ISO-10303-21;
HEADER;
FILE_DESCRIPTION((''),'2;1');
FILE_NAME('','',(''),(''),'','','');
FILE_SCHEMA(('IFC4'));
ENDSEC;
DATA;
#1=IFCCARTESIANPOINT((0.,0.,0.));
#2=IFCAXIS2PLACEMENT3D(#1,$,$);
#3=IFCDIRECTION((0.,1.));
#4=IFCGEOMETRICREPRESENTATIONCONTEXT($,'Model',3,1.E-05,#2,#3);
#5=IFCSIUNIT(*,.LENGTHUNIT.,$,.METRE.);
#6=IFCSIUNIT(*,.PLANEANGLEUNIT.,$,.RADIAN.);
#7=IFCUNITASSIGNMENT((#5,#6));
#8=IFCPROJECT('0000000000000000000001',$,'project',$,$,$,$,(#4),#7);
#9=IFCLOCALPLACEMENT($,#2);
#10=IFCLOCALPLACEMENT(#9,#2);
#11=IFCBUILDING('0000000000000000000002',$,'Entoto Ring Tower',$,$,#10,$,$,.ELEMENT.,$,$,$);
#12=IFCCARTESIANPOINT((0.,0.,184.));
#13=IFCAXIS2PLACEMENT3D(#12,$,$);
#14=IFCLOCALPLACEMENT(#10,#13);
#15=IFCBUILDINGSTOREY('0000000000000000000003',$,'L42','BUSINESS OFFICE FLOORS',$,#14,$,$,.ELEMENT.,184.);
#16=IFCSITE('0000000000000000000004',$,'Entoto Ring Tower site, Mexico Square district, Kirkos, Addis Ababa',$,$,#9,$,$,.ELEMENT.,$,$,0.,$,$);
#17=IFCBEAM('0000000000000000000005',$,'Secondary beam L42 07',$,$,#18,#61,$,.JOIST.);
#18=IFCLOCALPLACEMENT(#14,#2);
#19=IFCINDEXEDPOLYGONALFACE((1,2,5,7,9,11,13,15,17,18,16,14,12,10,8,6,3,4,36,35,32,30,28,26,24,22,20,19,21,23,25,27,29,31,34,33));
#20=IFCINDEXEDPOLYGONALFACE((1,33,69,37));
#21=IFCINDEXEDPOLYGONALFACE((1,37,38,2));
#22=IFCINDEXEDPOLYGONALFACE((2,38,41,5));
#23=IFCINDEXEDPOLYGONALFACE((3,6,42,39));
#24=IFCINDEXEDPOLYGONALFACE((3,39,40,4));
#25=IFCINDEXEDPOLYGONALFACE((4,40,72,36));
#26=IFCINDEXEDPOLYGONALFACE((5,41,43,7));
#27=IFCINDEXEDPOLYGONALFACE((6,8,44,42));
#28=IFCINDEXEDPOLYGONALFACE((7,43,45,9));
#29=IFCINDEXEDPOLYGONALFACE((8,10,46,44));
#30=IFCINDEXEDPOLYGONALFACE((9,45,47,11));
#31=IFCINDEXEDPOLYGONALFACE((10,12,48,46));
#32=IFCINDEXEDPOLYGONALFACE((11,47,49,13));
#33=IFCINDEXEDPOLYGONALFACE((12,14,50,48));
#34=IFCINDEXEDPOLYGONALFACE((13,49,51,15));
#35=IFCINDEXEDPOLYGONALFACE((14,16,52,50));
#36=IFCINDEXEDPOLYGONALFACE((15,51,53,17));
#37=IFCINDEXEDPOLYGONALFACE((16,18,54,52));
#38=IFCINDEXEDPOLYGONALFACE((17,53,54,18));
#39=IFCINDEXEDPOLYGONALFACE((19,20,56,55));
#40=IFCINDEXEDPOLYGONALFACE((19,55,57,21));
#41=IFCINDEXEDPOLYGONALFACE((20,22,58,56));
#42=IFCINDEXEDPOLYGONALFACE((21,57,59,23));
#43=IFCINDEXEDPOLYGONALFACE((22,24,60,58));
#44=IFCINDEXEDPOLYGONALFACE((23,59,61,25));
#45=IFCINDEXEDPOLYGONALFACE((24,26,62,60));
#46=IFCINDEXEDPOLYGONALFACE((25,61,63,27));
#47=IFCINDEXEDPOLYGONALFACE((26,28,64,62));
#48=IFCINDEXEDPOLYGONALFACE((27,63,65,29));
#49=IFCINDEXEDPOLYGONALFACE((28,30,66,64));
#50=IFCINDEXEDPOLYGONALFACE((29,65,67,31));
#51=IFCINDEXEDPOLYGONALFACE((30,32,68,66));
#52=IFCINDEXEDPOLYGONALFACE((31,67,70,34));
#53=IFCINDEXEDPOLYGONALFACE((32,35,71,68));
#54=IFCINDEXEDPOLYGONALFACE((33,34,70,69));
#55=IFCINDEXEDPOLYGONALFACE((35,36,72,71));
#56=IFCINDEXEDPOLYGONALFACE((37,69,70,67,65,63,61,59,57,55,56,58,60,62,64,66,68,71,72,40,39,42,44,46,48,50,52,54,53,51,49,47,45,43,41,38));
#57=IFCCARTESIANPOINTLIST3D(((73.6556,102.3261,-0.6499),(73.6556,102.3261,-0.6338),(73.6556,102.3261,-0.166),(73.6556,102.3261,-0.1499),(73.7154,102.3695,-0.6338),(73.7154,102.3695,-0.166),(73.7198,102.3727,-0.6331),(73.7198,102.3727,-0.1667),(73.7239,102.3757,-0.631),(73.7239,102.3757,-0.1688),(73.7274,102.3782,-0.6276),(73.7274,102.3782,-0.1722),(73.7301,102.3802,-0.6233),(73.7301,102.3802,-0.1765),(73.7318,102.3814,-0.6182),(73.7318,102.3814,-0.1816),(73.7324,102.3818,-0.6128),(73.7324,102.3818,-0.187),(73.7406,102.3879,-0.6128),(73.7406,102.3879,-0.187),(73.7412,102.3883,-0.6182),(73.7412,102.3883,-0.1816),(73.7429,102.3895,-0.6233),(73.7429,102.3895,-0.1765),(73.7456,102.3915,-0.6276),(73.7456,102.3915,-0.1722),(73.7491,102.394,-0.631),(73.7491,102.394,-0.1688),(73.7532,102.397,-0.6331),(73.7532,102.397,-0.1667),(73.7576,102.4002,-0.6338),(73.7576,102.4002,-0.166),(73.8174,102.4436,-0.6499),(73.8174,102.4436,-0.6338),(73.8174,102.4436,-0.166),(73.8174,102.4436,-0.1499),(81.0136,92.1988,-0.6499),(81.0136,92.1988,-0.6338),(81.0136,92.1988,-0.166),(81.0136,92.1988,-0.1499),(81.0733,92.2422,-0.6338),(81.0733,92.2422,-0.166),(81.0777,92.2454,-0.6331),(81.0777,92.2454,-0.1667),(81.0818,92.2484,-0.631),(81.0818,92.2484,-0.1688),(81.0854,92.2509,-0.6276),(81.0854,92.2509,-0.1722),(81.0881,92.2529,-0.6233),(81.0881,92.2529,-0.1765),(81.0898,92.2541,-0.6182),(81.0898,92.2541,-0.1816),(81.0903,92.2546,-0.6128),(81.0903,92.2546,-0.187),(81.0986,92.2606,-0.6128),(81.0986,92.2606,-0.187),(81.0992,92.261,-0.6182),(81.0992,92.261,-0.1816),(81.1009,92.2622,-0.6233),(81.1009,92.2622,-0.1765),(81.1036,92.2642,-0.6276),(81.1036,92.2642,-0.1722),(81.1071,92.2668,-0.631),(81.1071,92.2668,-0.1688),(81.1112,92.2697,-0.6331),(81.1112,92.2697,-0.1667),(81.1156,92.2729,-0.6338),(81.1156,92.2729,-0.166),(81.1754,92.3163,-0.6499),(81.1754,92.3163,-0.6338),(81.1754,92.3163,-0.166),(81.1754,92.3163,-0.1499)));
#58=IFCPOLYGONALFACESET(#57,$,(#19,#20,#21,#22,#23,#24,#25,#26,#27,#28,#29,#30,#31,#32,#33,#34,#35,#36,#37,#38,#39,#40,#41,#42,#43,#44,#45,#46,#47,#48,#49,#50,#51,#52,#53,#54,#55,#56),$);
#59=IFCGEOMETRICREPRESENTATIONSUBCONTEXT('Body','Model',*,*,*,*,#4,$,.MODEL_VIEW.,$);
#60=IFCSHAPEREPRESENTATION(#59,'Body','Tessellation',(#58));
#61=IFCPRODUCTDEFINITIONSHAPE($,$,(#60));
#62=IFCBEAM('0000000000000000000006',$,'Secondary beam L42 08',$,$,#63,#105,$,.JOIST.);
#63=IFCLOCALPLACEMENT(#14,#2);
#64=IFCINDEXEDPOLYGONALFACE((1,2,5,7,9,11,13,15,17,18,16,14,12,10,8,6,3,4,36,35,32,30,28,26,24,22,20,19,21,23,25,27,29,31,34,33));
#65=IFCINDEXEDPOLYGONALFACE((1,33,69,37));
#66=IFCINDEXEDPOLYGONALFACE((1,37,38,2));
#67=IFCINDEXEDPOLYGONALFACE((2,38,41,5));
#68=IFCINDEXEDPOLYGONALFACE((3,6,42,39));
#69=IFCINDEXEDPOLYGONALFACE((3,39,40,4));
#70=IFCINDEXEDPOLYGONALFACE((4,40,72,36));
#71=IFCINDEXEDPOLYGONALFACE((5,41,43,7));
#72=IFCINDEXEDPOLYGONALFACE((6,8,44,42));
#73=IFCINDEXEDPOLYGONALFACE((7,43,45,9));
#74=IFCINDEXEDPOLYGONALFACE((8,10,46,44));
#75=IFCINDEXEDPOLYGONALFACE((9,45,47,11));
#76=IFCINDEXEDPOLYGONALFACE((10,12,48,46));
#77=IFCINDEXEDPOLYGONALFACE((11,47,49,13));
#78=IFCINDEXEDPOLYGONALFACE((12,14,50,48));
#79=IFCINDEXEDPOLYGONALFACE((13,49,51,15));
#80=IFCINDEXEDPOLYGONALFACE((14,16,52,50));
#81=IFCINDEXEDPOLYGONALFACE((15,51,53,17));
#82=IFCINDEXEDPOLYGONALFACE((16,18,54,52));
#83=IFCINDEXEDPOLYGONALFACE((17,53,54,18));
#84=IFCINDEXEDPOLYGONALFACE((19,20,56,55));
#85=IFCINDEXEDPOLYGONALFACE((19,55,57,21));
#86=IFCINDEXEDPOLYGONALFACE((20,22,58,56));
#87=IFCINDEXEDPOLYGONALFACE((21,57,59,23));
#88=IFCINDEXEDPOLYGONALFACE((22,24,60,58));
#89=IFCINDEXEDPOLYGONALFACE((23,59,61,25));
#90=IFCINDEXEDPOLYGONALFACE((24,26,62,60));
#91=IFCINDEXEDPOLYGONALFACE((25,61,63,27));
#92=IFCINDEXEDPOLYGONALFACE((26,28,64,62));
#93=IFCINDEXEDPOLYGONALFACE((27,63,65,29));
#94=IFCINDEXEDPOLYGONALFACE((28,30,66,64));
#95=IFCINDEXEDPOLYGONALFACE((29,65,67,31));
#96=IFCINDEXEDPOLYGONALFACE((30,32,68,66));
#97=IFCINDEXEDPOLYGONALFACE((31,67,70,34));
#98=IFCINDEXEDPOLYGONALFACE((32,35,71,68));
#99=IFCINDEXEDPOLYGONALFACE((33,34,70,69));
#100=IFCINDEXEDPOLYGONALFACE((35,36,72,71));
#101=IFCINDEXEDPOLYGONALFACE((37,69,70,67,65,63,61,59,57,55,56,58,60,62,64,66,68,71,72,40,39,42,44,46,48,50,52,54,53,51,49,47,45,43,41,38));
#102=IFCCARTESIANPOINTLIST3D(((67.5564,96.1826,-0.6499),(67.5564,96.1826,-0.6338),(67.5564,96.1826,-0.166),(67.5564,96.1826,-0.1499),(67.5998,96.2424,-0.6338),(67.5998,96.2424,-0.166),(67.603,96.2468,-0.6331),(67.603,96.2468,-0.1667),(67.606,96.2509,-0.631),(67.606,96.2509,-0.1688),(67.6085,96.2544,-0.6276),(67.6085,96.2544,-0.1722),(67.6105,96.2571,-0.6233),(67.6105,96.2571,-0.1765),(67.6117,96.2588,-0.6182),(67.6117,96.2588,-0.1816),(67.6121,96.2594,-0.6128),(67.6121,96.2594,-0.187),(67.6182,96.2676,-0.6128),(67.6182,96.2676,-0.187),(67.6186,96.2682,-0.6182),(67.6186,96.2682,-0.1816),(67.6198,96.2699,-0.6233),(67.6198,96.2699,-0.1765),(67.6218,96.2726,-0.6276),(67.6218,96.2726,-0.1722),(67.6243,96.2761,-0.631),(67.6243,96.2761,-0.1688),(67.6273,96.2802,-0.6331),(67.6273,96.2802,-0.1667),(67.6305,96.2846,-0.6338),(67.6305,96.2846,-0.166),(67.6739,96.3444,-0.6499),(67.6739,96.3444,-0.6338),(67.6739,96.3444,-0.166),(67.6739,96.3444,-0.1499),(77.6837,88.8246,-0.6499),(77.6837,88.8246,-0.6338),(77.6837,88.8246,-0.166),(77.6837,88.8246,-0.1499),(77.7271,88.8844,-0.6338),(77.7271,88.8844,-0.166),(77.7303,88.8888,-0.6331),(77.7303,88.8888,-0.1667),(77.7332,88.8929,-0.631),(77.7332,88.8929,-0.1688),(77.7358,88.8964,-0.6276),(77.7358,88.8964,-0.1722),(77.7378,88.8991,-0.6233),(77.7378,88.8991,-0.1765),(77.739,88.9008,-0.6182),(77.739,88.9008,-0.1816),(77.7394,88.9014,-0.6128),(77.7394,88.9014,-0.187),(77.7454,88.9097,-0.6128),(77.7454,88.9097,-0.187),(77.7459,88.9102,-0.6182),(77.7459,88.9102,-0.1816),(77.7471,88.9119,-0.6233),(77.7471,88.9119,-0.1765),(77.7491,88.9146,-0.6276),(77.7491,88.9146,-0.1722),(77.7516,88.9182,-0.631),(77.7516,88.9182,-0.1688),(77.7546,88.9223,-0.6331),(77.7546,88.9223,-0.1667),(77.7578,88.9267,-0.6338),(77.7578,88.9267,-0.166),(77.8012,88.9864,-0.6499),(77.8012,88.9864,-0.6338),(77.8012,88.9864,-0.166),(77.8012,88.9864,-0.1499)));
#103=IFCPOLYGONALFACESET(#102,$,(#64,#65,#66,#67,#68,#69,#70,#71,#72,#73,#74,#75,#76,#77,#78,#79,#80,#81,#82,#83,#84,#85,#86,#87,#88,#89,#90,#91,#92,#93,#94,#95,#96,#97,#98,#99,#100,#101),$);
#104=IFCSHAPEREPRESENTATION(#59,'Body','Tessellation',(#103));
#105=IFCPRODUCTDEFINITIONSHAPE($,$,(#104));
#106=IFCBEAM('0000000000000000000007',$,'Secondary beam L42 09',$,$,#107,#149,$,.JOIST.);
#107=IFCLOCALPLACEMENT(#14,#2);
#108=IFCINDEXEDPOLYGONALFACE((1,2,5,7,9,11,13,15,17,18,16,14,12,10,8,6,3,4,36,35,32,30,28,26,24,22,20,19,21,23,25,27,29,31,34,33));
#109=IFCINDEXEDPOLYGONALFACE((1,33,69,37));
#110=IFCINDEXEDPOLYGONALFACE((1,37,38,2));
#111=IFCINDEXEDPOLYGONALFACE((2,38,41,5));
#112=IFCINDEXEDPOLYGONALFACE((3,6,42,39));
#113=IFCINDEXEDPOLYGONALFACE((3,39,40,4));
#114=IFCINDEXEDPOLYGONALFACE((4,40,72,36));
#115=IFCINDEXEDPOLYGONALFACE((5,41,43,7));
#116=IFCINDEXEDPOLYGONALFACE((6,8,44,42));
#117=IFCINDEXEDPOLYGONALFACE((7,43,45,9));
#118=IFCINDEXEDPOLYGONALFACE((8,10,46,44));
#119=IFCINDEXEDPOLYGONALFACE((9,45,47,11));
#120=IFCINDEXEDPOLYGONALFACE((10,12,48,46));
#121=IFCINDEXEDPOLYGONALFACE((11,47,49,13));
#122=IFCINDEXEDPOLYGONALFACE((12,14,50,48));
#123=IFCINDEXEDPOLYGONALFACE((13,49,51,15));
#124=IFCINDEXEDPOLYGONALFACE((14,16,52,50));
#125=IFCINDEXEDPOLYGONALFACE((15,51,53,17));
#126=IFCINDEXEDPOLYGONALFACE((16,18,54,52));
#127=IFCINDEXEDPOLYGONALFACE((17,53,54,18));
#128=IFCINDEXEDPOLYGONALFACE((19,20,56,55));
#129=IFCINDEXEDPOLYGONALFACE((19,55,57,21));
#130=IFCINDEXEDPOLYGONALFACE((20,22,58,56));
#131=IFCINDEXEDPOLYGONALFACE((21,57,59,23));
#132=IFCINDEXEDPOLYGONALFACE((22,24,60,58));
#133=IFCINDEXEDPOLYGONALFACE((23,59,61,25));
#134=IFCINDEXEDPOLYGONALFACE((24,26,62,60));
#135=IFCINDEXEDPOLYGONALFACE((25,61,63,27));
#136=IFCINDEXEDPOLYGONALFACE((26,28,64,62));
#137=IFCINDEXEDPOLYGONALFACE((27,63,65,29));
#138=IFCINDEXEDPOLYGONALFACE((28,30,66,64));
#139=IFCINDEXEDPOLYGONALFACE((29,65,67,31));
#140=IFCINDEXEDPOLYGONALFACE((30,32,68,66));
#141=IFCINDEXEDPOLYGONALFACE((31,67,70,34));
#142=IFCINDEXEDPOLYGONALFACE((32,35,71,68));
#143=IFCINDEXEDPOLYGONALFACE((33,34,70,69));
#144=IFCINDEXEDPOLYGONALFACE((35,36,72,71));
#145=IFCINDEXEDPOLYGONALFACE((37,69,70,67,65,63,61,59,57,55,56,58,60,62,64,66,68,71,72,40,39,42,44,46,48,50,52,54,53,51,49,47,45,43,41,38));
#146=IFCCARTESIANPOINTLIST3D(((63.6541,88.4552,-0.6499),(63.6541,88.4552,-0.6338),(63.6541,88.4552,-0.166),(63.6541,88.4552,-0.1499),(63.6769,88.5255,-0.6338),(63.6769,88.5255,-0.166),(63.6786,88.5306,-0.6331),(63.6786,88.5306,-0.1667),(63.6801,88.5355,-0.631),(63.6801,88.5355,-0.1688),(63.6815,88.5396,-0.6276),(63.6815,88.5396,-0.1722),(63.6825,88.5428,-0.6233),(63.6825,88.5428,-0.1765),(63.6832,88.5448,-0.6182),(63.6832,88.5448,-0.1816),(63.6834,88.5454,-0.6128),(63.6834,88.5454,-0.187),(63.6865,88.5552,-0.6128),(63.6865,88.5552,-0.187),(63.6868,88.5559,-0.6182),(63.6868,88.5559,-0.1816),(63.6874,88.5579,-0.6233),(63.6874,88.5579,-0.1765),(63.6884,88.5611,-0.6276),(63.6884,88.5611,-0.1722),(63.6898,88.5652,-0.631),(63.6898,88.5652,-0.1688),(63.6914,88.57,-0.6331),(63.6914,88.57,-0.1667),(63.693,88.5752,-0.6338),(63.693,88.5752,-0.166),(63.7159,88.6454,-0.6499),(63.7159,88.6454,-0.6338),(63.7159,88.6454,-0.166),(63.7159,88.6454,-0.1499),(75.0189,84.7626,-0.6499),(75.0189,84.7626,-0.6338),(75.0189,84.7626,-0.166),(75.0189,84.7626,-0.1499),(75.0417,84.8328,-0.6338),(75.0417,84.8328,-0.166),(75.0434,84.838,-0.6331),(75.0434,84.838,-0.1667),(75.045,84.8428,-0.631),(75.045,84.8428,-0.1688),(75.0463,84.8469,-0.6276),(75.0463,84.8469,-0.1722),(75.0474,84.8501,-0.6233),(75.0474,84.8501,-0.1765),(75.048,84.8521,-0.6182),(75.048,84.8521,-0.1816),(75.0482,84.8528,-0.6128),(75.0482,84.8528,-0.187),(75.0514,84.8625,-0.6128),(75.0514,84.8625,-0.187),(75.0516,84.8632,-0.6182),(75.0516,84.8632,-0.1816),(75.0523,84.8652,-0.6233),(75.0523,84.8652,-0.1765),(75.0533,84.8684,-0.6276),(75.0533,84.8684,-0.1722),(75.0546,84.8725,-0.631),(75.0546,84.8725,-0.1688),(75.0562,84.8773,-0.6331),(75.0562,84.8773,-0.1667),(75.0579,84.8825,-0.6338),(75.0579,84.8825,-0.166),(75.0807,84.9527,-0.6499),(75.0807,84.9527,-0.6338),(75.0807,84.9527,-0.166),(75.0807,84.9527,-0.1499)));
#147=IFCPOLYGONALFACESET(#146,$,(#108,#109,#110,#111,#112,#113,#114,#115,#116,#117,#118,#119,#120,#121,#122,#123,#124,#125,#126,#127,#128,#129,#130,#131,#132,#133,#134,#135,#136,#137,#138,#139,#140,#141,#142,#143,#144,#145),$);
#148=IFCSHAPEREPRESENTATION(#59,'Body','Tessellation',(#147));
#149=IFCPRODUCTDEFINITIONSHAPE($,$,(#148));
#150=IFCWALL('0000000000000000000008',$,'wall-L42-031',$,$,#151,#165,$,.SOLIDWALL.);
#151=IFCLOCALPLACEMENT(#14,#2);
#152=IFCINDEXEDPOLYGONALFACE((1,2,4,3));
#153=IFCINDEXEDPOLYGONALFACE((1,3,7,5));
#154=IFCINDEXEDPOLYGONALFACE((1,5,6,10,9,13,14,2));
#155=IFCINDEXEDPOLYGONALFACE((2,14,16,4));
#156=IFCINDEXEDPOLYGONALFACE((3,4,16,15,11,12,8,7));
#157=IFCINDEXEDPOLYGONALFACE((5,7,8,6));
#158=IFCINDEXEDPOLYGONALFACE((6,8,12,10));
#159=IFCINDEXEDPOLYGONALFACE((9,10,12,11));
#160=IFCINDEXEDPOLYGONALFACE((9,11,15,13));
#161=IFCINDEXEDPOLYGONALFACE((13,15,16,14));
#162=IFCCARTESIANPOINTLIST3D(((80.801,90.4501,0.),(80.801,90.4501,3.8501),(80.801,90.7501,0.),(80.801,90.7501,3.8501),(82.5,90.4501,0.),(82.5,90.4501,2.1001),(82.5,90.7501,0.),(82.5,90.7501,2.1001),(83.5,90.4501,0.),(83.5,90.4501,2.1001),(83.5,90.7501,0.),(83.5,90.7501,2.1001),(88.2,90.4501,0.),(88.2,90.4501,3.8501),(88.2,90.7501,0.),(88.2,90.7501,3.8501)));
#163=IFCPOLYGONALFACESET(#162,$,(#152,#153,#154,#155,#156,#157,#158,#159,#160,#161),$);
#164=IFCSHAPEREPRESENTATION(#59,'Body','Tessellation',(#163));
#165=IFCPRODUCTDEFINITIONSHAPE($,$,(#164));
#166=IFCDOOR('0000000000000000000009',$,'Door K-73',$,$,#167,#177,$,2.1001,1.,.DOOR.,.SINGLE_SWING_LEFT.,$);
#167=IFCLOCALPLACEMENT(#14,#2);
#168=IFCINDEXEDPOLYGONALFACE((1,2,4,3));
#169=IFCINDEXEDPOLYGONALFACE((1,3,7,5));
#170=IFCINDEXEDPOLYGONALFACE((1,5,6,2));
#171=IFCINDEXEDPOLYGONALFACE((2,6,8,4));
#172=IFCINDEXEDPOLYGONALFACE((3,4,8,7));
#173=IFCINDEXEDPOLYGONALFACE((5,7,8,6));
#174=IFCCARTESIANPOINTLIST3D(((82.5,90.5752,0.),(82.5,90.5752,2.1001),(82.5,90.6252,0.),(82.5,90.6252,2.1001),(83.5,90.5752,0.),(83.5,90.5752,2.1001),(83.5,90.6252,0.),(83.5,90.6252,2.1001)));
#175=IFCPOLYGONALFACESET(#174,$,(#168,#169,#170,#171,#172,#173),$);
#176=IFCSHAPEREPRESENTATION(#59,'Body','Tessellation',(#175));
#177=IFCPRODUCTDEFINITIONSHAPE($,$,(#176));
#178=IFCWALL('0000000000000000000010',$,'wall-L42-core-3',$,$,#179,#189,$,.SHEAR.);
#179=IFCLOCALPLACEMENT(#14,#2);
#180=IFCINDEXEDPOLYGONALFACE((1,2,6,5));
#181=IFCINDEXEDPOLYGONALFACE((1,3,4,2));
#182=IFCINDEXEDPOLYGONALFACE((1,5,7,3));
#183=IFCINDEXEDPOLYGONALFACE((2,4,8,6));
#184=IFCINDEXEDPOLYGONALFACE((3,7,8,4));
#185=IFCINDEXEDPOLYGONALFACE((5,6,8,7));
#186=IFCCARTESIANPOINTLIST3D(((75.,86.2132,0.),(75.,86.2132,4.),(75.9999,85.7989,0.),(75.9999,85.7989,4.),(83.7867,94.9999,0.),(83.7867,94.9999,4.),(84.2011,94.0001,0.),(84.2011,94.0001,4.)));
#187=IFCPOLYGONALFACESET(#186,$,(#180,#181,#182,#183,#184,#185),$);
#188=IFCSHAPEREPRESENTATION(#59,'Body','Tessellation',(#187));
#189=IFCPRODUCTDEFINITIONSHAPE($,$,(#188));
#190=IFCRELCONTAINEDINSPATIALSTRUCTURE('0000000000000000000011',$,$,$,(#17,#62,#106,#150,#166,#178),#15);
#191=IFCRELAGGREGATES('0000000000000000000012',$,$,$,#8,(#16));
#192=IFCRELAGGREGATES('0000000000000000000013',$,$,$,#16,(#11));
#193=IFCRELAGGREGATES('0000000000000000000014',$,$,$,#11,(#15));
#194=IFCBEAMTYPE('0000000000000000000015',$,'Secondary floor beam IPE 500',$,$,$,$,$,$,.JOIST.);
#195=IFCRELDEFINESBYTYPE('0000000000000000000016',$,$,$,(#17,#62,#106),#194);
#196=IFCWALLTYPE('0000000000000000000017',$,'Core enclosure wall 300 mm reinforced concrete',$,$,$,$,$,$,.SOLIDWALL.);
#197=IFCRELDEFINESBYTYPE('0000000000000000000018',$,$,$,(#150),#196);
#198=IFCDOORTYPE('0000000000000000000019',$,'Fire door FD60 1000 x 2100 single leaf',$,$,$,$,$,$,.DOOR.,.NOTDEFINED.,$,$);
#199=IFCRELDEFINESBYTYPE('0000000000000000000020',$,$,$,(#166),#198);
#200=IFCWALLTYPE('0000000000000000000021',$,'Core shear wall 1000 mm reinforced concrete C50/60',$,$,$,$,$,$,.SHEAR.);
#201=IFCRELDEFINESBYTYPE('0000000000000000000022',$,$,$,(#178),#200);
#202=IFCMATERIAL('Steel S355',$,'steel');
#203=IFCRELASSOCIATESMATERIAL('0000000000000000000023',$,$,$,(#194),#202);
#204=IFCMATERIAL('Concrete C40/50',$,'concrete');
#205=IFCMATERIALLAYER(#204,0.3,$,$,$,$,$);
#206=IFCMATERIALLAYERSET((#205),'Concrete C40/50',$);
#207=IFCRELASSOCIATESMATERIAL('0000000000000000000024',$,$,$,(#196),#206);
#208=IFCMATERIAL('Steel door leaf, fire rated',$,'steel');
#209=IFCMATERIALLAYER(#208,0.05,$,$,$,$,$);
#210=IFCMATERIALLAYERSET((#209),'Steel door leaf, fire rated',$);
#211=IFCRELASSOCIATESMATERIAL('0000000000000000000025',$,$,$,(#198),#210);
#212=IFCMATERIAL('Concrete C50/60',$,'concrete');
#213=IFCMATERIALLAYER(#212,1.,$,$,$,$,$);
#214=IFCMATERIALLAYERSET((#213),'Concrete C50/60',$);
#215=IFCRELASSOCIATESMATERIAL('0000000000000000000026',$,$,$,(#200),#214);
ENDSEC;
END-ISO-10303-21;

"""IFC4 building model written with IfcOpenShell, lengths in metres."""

from ifc_helpers import new_model, si_unit, direction, frame, frame_2d, origin, origin_2d, place, context, subcontext, project, spatial, polyline, rectangle, i_section, outline, extrude, material, layer, layer_set, material_profile, profile_set, type_object, element, fill, save


model = new_model("IFC4")

# Units and contexts
model_context = context("Model", 3, precision=1e-05, world=origin(), true_north=direction((0.0, 1.0)))
body_context = subcontext(model_context, "Body", "Model", "MODEL_VIEW")
ifc_project = project(units=[si_unit("LENGTHUNIT", "METRE"), si_unit("PLANEANGLEUNIT", "RADIAN")], contexts=[model_context])

# Site, building, storey
site_placement = place(None, origin())
site = spatial("IfcSite", under=ifc_project, at=site_placement, Name="Entoto Ring Tower site, Mexico Square district, Kirkos, Addis Ababa", CompositionType="ELEMENT", RefElevation=0.0)
building_placement = place(site_placement, origin())
building = spatial("IfcBuilding", under=site, at=building_placement, Name="Entoto Ring Tower", CompositionType="ELEMENT")
storey_placement = place(building_placement, frame((0.0, 0.0, 184.0)))
storey = spatial("IfcBuildingStorey", under=building, at=storey_placement, Name="L42", Description="BUSINESS OFFICE FLOORS", CompositionType="ELEMENT", Elevation=184.0)

# Beams
ifc_material_1 = material(Name="Steel S355", Category="steel")
ifc_material_profile_1 = material_profile(ifc_material_1, i_section(OverallWidth=0.2, OverallDepth=0.5, WebThickness=0.0103, FlangeThickness=0.0161, FilletRadius=0.021, at=origin_2d()), Name="IPE 500")
ifc_profile_set_1 = profile_set([ifc_material_profile_1], Name="Steel S355")
beam_type_1 = type_object("IfcBeamType", Name="Secondary floor beam IPE 500", PredefinedType="JOIST", material=ifc_profile_set_1)
for number, where, z_axis, x_axis, name in (
    (1, (81.0945, 92.2576, -0.3999), (-0.587789, 0.809014, 0.0), (-0.809014, -0.587789, 0.0), "Secondary beam L42 07"),
    (2, (77.7424, 88.9055, -0.3999), (-0.809014, 0.587789, 0.0), (-0.587789, -0.809014, 0.0), "Secondary beam L42 08"),
):
    element("IfcBeam", number, at=place(storey_placement, frame(where, z_axis=z_axis, x_axis=x_axis)), inside=storey, type_object=beam_type_1, Name=name, PredefinedType="JOIST", context=body_context, shape_type="SweptSolid", body=[
        extrude(i_section(OverallWidth=0.2, OverallDepth=0.5, WebThickness=0.0103, FlangeThickness=0.0161, FilletRadius=0.021, at=origin_2d()), origin(), (0.0, 0.0, 1.0), 12.5181),
    ])
beam_1_placement = place(storey_placement, frame((75.0498, 84.8577, -0.3999), z_axis=(-0.951057, 0.309017, 0.0), x_axis=(-0.309017, -0.951057, 0.0)))
element("IfcBeam", 3, at=beam_1_placement, inside=storey, type_object=beam_type_1, Name="Secondary beam L42 09", PredefinedType="JOIST", context=body_context, shape_type="SweptSolid", body=[
    extrude(i_section(OverallWidth=0.2, OverallDepth=0.5, WebThickness=0.0103, FlangeThickness=0.0161, FilletRadius=0.021, at=origin_2d()), origin(), (0.0, 0.0, 1.0), 11.9497),
])

# Wall, opening, door
ifc_material_2 = material(Name="Concrete C40/50", Category="concrete")
ifc_layer_1 = layer(ifc_material_2, 0.3)
ifc_layer_set_1 = layer_set([ifc_layer_1], Name="Concrete C40/50")
wall_type_1 = type_object("IfcWallType", Name="Core enclosure wall 300 mm reinforced concrete", PredefinedType="SOLIDWALL", material=ifc_layer_set_1)
wall_1_placement = place(storey_placement, frame((80.801, 90.6001, 0.0), z_axis=(0.0, 0.0, 1.0), x_axis=(1.0, 0.0, 0.0)))
wall_1 = element("IfcWall", 4, at=wall_1_placement, inside=storey, type_object=wall_type_1, Name="wall-L42-031", PredefinedType="SOLIDWALL", context=body_context, shape_type="SweptSolid", body=[
    extrude(rectangle(XDim=7.3989, YDim=0.3, at=frame_2d((3.6995, 0.0))), origin(), (0.0, 0.0, 1.0), 3.8501),
])
opening_1_placement = place(wall_1_placement, frame((1.699, 0.0, 0.0)))
opening_1 = element("IfcOpeningElement", 5, at=opening_1_placement, cuts=wall_1, PredefinedType="OPENING", context=body_context, shape_type="SweptSolid", body=[
    extrude(rectangle(XDim=1.0, YDim=2.1001, at=frame_2d((0.5, 1.05))), frame((0.0, 0.1602, 0.0), z_axis=(0.0, -1.0, 0.0), x_axis=(1.0, 0.0, 0.0)), (0.0, 0.0, 1.0), 0.3201),
])
ifc_material_3 = material(Name="Steel door leaf, fire rated", Category="steel")
ifc_layer_2 = layer(ifc_material_3, 0.05)
ifc_layer_set_2 = layer_set([ifc_layer_2], Name="Steel door leaf, fire rated")
door_type_1 = type_object("IfcDoorType", Name="Fire door FD60 1000 x 2100 single leaf", OperationType="NOTDEFINED", PredefinedType="DOOR", material=ifc_layer_set_2)
door_1_placement = place(opening_1_placement, frame((1.0, 0.0, 0.0), z_axis=(0.0, 0.0, 1.0), x_axis=(-1.0, 0.0, 0.0)))
door_1 = element("IfcDoor", 6, at=door_1_placement, inside=storey, type_object=door_type_1, Name="Door K-73", OperationType="SINGLE_SWING_LEFT", OverallHeight=2.1001, OverallWidth=1.0, PredefinedType="DOOR", context=body_context, shape_type="SweptSolid", body=[
    extrude(rectangle(XDim=1.0, YDim=2.1001, at=frame_2d((0.5, 1.05))), frame((0.0, 0.0249, 0.0), z_axis=(0.0, -1.0, 0.0), x_axis=(1.0, 0.0, 0.0)), (0.0, 0.0, 1.0), 0.05),
])
fill(opening_1, door_1)

# Wall
ifc_material_4 = material(Name="Concrete C50/60", Category="concrete")
ifc_layer_3 = layer(ifc_material_4, 1.0)
ifc_layer_set_3 = layer_set([ifc_layer_3], Name="Concrete C50/60")
wall_type_2 = type_object("IfcWallType", Name="Core shear wall 1000 mm reinforced concrete C50/60", PredefinedType="SHEAR", material=ifc_layer_set_3)
wall_2_placement = place(storey_placement, frame((83.9939, 94.5, 0.0), z_axis=(0.0, 0.0, 1.0), x_axis=(-0.707107, -0.707107, 0.0)))
element("IfcWall", 7, at=wall_2_placement, inside=storey, type_object=wall_type_2, Name="wall-L42-core-3", PredefinedType="SHEAR", context=body_context, shape_type="SweptSolid", body=[
    extrude(outline(polyline([(-0.207, -0.5), (12.2192, -0.5), (11.8052, 0.5), (0.207, 0.5), (-0.207, -0.5)])), origin(), (0.0, 0.0, 1.0), 4.0),
])

save(model, "model.ifc")
